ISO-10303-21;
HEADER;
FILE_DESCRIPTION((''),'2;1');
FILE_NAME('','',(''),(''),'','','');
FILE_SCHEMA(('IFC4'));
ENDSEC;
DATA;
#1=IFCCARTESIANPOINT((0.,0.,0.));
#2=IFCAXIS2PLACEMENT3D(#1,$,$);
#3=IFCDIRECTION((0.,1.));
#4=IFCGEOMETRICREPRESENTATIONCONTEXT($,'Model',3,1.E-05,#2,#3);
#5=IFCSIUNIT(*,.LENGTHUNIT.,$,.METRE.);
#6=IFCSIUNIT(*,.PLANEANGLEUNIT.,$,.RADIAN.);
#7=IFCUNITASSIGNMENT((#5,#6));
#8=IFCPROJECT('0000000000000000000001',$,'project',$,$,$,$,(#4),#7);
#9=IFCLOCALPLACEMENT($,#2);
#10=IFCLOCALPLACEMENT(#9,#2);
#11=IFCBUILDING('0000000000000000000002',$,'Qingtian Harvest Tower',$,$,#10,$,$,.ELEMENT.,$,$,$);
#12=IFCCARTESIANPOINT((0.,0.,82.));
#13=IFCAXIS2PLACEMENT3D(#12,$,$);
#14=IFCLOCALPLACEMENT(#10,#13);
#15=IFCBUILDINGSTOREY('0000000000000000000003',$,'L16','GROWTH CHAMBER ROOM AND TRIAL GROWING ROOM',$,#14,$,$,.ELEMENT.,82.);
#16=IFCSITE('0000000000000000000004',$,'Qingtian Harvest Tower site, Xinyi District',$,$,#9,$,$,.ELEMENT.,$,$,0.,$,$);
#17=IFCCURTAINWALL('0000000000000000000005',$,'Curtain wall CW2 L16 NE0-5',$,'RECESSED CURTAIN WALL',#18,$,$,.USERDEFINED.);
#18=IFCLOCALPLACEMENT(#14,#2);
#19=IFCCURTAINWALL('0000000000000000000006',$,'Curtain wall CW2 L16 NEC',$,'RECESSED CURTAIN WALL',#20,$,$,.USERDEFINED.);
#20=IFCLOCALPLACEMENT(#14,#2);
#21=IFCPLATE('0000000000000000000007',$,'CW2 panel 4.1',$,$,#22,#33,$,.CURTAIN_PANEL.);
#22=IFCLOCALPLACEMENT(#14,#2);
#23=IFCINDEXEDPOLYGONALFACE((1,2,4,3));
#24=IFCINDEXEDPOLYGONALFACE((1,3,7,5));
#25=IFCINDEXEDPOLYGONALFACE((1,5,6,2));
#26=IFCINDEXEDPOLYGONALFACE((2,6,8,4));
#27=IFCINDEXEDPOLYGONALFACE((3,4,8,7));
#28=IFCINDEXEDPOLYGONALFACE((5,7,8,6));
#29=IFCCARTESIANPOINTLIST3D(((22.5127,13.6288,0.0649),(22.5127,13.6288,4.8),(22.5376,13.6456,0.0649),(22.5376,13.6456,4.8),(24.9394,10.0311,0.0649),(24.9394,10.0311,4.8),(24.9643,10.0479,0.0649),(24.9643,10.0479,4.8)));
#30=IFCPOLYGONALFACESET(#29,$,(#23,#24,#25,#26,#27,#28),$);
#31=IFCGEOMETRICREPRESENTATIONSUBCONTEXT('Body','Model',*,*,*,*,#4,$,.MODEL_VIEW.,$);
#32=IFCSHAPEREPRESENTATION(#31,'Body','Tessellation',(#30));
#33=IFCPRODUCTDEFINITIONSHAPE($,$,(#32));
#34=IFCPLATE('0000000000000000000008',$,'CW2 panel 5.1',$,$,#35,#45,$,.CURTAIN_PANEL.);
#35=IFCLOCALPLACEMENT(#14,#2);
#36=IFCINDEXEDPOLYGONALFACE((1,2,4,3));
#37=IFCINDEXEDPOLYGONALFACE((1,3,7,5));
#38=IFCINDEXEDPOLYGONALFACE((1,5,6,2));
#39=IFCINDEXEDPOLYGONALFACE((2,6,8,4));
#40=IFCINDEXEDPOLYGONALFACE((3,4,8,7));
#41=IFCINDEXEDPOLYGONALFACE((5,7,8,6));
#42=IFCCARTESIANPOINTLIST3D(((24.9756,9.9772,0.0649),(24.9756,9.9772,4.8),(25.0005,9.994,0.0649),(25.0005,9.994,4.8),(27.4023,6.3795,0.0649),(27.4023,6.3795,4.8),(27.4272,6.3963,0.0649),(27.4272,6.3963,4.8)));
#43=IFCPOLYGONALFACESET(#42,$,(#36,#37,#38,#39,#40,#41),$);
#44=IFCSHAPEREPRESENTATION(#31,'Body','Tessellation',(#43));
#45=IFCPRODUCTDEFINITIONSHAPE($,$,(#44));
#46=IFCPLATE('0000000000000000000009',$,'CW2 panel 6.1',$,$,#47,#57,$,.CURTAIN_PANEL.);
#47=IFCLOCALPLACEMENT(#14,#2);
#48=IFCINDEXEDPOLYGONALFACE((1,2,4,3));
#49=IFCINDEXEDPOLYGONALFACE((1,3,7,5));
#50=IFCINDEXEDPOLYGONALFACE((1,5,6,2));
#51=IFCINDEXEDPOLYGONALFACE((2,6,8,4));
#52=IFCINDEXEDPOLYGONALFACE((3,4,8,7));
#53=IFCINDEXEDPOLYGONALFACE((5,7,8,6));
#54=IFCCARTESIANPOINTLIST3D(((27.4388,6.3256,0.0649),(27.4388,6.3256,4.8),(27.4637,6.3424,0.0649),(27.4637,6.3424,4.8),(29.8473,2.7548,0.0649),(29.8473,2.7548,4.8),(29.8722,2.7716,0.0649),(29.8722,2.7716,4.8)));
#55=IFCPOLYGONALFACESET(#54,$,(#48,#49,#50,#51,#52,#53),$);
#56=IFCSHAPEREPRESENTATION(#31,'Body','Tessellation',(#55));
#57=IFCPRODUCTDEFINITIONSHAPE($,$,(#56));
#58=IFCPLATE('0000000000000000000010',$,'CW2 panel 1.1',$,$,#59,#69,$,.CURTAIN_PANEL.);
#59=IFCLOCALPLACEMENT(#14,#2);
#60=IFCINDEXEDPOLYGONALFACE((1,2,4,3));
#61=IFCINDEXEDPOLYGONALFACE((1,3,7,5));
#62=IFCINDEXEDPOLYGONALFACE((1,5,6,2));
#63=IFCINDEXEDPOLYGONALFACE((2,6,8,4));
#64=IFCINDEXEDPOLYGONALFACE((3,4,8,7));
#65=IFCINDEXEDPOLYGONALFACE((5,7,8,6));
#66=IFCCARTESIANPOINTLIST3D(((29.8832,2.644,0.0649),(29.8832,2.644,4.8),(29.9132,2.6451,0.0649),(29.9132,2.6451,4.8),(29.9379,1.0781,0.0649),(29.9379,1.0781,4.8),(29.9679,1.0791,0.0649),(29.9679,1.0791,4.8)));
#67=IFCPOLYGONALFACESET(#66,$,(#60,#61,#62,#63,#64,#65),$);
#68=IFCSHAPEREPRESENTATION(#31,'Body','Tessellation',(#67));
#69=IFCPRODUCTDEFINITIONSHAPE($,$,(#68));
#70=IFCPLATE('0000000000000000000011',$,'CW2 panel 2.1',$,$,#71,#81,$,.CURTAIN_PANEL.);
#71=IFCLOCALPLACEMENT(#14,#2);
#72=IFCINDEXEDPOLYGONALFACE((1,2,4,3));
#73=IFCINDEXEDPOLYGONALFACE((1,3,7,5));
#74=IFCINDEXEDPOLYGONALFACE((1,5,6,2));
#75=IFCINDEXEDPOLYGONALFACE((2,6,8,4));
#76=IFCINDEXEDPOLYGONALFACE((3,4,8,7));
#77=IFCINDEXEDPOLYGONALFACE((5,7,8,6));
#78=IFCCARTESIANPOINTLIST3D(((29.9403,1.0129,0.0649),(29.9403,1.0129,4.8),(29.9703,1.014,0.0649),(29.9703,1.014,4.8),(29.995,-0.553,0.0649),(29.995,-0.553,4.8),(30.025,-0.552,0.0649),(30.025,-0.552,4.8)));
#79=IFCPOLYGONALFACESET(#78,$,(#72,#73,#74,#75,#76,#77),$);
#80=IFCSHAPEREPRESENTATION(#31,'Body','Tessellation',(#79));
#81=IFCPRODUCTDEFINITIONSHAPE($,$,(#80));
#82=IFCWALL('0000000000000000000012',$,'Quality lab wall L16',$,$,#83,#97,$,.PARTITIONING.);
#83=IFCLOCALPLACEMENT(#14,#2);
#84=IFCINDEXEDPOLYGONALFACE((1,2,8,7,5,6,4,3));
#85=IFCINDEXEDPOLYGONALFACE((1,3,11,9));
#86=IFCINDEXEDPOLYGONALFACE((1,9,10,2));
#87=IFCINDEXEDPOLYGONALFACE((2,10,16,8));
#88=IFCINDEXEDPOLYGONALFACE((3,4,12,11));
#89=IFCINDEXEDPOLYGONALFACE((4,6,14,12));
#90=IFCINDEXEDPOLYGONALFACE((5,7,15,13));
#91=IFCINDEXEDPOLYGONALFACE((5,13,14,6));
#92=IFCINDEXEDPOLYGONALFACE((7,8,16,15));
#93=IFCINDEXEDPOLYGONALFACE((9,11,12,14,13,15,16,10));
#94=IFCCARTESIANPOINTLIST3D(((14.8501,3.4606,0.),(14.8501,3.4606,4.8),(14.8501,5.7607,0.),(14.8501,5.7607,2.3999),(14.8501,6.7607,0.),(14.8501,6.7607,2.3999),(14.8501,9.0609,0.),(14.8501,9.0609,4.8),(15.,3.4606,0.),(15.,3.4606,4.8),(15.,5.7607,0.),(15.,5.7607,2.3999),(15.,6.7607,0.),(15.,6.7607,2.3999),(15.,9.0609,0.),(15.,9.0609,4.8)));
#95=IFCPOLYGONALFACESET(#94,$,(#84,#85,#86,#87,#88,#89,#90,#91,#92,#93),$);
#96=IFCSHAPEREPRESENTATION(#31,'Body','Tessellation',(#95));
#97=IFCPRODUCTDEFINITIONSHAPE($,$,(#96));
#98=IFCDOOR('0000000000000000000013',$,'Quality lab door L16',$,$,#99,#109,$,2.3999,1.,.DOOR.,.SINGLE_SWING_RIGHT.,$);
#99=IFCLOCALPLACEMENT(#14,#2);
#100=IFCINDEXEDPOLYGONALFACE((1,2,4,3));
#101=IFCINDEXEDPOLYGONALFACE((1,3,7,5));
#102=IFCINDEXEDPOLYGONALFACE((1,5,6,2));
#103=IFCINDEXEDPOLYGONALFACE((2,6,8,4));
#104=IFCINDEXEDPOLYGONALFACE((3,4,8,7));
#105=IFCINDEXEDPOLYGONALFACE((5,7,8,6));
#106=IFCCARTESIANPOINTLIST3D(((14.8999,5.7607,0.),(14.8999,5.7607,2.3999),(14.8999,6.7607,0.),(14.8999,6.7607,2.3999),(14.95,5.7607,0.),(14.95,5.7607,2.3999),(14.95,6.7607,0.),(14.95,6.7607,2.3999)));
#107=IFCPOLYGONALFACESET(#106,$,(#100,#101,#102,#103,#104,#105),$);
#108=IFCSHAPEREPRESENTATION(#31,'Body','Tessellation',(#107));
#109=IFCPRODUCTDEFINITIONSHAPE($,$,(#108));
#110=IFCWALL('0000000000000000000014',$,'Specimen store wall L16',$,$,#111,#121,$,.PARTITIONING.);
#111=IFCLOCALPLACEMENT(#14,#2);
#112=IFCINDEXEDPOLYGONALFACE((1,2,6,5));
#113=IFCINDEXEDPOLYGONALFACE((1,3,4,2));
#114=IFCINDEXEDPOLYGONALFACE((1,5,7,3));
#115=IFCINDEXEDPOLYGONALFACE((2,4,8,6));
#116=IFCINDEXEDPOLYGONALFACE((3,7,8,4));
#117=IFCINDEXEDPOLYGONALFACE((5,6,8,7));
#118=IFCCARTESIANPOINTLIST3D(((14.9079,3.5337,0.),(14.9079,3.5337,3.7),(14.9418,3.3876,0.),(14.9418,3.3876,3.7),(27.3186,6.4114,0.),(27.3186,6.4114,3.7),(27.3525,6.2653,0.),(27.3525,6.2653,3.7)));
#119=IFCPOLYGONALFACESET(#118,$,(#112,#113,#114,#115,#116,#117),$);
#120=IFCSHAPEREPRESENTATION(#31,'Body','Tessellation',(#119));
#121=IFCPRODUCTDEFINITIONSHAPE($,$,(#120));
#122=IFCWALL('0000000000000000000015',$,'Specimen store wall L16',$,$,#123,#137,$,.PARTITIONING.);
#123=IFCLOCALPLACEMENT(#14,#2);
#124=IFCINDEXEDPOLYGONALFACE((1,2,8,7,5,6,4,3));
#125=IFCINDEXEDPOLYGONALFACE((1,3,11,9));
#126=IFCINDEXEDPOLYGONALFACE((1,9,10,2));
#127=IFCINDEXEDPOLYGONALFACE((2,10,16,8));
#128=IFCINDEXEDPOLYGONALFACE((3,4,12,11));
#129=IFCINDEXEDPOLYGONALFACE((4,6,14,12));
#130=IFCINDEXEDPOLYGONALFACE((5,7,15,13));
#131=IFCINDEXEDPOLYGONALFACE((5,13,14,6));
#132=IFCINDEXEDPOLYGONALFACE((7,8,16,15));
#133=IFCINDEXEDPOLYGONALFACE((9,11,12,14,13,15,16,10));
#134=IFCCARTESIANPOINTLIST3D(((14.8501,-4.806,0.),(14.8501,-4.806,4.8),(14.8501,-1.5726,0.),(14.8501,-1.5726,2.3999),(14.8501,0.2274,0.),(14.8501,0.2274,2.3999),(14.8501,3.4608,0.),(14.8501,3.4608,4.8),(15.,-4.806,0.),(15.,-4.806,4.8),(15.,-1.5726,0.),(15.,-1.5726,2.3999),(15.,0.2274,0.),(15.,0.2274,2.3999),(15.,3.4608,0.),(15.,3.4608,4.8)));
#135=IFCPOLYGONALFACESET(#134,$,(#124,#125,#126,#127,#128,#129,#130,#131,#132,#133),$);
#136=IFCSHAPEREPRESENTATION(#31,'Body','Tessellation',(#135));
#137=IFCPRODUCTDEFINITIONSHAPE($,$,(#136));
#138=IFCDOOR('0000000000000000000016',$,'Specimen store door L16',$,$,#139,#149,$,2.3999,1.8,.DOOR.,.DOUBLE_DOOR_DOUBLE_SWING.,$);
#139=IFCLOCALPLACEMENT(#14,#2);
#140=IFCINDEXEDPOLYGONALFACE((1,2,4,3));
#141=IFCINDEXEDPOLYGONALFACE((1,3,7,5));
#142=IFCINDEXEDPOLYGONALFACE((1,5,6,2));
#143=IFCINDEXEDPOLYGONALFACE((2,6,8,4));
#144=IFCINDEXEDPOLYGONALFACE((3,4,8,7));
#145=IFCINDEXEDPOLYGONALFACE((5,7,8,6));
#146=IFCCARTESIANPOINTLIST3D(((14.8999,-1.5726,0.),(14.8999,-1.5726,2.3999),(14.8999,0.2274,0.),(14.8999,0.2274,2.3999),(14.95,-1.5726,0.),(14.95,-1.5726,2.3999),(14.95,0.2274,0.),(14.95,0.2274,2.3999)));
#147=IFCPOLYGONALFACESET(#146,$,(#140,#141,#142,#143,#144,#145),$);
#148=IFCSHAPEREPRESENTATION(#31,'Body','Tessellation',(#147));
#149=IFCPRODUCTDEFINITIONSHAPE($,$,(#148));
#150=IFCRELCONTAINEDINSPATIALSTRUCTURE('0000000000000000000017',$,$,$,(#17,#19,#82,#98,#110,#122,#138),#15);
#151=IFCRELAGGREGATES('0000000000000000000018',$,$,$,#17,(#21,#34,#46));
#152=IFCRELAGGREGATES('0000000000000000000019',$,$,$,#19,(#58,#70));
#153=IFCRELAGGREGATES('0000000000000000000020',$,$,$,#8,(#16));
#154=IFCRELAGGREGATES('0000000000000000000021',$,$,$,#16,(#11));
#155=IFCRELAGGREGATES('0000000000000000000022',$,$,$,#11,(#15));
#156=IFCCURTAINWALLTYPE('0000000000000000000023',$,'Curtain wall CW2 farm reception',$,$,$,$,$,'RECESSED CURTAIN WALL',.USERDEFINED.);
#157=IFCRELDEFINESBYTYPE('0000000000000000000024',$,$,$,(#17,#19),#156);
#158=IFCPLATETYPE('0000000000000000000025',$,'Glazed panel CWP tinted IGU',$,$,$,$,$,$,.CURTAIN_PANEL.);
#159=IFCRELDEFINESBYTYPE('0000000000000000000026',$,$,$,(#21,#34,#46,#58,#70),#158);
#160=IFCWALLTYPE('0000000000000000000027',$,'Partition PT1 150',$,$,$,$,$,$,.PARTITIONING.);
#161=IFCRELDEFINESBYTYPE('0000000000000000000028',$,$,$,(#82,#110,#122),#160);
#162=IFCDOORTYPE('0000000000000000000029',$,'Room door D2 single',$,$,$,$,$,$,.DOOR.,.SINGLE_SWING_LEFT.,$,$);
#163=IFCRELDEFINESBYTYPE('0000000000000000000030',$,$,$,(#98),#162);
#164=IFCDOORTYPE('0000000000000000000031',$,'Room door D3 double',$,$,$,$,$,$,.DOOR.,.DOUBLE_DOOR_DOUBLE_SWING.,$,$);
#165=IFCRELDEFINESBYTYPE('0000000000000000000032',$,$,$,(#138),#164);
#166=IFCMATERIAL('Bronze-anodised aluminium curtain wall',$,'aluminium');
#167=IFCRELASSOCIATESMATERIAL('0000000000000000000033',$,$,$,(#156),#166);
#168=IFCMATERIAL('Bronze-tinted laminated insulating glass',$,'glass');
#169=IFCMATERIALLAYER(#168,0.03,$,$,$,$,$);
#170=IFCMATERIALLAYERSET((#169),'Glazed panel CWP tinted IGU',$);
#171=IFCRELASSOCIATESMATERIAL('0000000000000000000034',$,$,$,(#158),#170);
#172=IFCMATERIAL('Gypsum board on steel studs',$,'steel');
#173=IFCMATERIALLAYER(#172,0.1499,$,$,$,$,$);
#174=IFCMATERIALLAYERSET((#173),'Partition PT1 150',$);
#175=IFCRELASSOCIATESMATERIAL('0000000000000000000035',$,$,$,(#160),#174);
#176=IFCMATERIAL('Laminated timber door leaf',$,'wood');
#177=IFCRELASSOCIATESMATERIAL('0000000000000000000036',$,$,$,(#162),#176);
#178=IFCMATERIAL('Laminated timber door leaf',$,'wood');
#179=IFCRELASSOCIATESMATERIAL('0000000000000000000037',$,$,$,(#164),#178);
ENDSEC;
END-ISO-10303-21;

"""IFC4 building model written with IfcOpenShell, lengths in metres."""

from ifc_helpers import new_model, si_unit, direction, frame, frame_2d, origin, origin_2d, place, context, subcontext, project, spatial, rectangle, extrude, material, layer, layer_set, type_object, element, fill, aggregate, save


model = new_model("IFC4")

# Units and contexts
model_context = context("Model", 3, precision=1e-05, world=origin(), true_north=direction((0.0, 1.0)))
body_context = subcontext(model_context, "Body", "Model", "MODEL_VIEW")
ifc_project = project(units=[si_unit("LENGTHUNIT", "METRE"), si_unit("PLANEANGLEUNIT", "RADIAN")], contexts=[model_context])

# Site, building, storey
site_placement = place(None, origin())
site = spatial("IfcSite", under=ifc_project, at=site_placement, Name="Qingtian Harvest Tower site, Xinyi District", CompositionType="ELEMENT", RefElevation=0.0)
building_placement = place(site_placement, origin())
building = spatial("IfcBuilding", under=site, at=building_placement, Name="Qingtian Harvest Tower", CompositionType="ELEMENT")
storey_placement = place(building_placement, frame((0.0, 0.0, 82.0)))
storey = spatial("IfcBuildingStorey", under=building, at=storey_placement, Name="L16", Description="GROWTH CHAMBER ROOM AND TRIAL GROWING ROOM", CompositionType="ELEMENT", Elevation=82.0)

# Curtain walls
ifc_material_1 = material(Name="Bronze-anodised aluminium curtain wall", Category="aluminium")
curtain_wall_type = type_object("IfcCurtainWallType", Name="Curtain wall CW2 farm reception", ElementType="RECESSED CURTAIN WALL", PredefinedType="USERDEFINED", material=ifc_material_1)
curtain_wall_1_placement = place(storey_placement, origin())
curtain_wall_1 = element("IfcCurtainWall", 1, at=curtain_wall_1_placement, inside=storey, type_object=curtain_wall_type, Name="Curtain wall CW2 L16 NE0-5", ObjectType="RECESSED CURTAIN WALL", PredefinedType="USERDEFINED")
curtain_wall_2_placement = place(storey_placement, origin())
curtain_wall_2 = element("IfcCurtainWall", 2, at=curtain_wall_2_placement, inside=storey, type_object=curtain_wall_type, Name="Curtain wall CW2 L16 NEC", ObjectType="RECESSED CURTAIN WALL", PredefinedType="USERDEFINED")

# Plates
ifc_material_2 = material(Name="Bronze-tinted laminated insulating glass", Category="glass")
ifc_layer_1 = layer(ifc_material_2, 0.03)
ifc_layer_set_1 = layer_set([ifc_layer_1], Name="Glazed panel CWP tinted IGU")
plate_type = type_object("IfcPlateType", Name="Glazed panel CWP tinted IGU", PredefinedType="CURTAIN_PANEL", material=ifc_layer_set_1)
plate_1_placement = place(storey_placement, frame((23.7385, 11.8384, 0.0649), z_axis=(0.0, 0.0, 1.0), x_axis=(0.559193, -0.829038, 0.0)))
plate_1 = element("IfcPlate", 3, at=plate_1_placement, type_object=plate_type, Name="CW2 panel 4.1", PredefinedType="CURTAIN_PANEL", context=body_context, shape_type="SweptSolid", body=[
    extrude(rectangle(XDim=4.3396, YDim=0.03, at=origin_2d()), origin(), (0.0, 0.0, 1.0), 4.7351),
])
plate_2_placement = place(storey_placement, frame((26.2014, 8.1868, 0.0649), z_axis=(0.0, 0.0, 1.0), x_axis=(0.559193, -0.829038, 0.0)))
plate_2 = element("IfcPlate", 4, at=plate_2_placement, type_object=plate_type, Name="CW2 panel 5.1", PredefinedType="CURTAIN_PANEL", context=body_context, shape_type="SweptSolid", body=[
    extrude(rectangle(XDim=4.3396, YDim=0.03, at=origin_2d()), origin(), (0.0, 0.0, 1.0), 4.7351),
])
plate_3_placement = place(storey_placement, frame((28.6555, 4.5486, 0.0649), z_axis=(0.0, 0.0, 1.0), x_axis=(0.559193, -0.829038, 0.0)))
plate_3 = element("IfcPlate", 5, at=plate_3_placement, type_object=plate_type, Name="CW2 panel 6.1", PredefinedType="CURTAIN_PANEL", context=body_context, shape_type="SweptSolid", body=[
    extrude(rectangle(XDim=4.3071, YDim=0.03, at=origin_2d()), origin(), (0.0, 0.0, 1.0), 4.7351),
])
aggregate(curtain_wall_1, [plate_1, plate_2, plate_3])
plate_4_placement = place(storey_placement, frame((29.9255, 1.8616, 0.0649), z_axis=(0.0, 0.0, 1.0), x_axis=(0.034899, -0.999391, 0.0)))
plate_4 = element("IfcPlate", 6, at=plate_4_placement, type_object=plate_type, Name="CW2 panel 1.1", PredefinedType="CURTAIN_PANEL", context=body_context, shape_type="SweptSolid", body=[
    extrude(rectangle(XDim=1.5669, YDim=0.03, at=origin_2d()), origin(), (0.0, 0.0, 1.0), 4.7351),
])
plate_5_placement = place(storey_placement, frame((29.9827, 0.2305, 0.0649), z_axis=(0.0, 0.0, 1.0), x_axis=(0.034899, -0.999391, 0.0)))
plate_5 = element("IfcPlate", 7, at=plate_5_placement, type_object=plate_type, Name="CW2 panel 2.1", PredefinedType="CURTAIN_PANEL", context=body_context, shape_type="SweptSolid", body=[
    extrude(rectangle(XDim=1.5669, YDim=0.03, at=origin_2d()), origin(), (0.0, 0.0, 1.0), 4.7351),
])
aggregate(curtain_wall_2, [plate_4, plate_5])

# Wall, opening, door
ifc_material_3 = material(Name="Gypsum board on steel studs", Category="steel")
ifc_layer_2 = layer(ifc_material_3, 0.1499)
ifc_layer_set_2 = layer_set([ifc_layer_2], Name="Partition PT1 150")
wall_type = type_object("IfcWallType", Name="Partition PT1 150", PredefinedType="PARTITIONING", material=ifc_layer_set_2)
ifc_material_4 = material(Name="Laminated timber door leaf", Category="wood")
door_type_1 = type_object("IfcDoorType", Name="Room door D2 single", OperationType="SINGLE_SWING_LEFT", PredefinedType="DOOR", material=ifc_material_4)
wall_1_placement = place(storey_placement, frame((14.925, 9.061, 0.0), z_axis=(0.0, 0.0, 1.0), x_axis=(0.0, -1.0, 0.0)))
wall_1 = element("IfcWall", 8, at=wall_1_placement, inside=storey, type_object=wall_type, Name="Quality lab wall L16", PredefinedType="PARTITIONING", context=body_context, shape_type="SweptSolid", body=[
    extrude(rectangle(XDim=5.6003, YDim=0.1499, at=frame_2d((2.8003, 0.0))), origin(), (0.0, 0.0, 1.0), 4.8),
])
opening_1_placement = place(wall_1_placement, frame((2.3003, 0.0, 0.0)))
opening_1 = element("IfcOpeningElement", 9, at=opening_1_placement, cuts=wall_1, PredefinedType="OPENING", context=body_context, shape_type="SweptSolid", body=[
    extrude(rectangle(XDim=1.0, YDim=2.3999, at=frame_2d((0.5, 1.2))), frame((0.0, 0.085, 0.0), z_axis=(0.0, -1.0, 0.0), x_axis=(1.0, 0.0, 0.0)), (0.0, 0.0, 1.0), 0.1699),
])
door_1_placement = place(opening_1_placement, origin())
door_1 = element("IfcDoor", 10, at=door_1_placement, inside=storey, type_object=door_type_1, Name="Quality lab door L16", OperationType="SINGLE_SWING_RIGHT", OverallHeight=2.3999, OverallWidth=1.0, PredefinedType="DOOR", context=body_context, shape_type="SweptSolid", body=[
    extrude(rectangle(XDim=1.0, YDim=2.3999, at=frame_2d((0.5, 1.2))), frame((0.0, 0.0249, 0.0), z_axis=(0.0, -1.0, 0.0), x_axis=(1.0, 0.0, 0.0)), (0.0, 0.0, 1.0), 0.05),
])
fill(opening_1, door_1)

# Wall
wall_2_placement = place(storey_placement, frame((27.3357, 6.3384, 0.0), z_axis=(0.0, 0.0, 1.0), x_axis=(-0.974155, -0.22588, 0.0)))
element("IfcWall", 11, at=wall_2_placement, inside=storey, type_object=wall_type, Name="Specimen store wall L16", PredefinedType="PARTITIONING", context=body_context, shape_type="SweptSolid", body=[
    extrude(rectangle(XDim=12.74, YDim=0.1499, at=frame_2d((6.3701, 0.0))), origin(), (0.0, 0.0, 1.0), 3.7),
])

# Wall, opening, door
wall_3_placement = place(storey_placement, frame((14.925, 3.4607, 0.0), z_axis=(0.0, 0.0, 1.0), x_axis=(0.0, -1.0, 0.0)))
wall_3 = element("IfcWall", 12, at=wall_3_placement, inside=storey, type_object=wall_type, Name="Specimen store wall L16", PredefinedType="PARTITIONING", context=body_context, shape_type="SweptSolid", body=[
    extrude(rectangle(XDim=8.2668, YDim=0.1499, at=frame_2d((4.1333, 0.0))), origin(), (0.0, 0.0, 1.0), 4.8),
])
opening_2_placement = place(wall_3_placement, frame((3.2334, 0.0, 0.0)))
opening_2 = element("IfcOpeningElement", 13, at=opening_2_placement, cuts=wall_3, PredefinedType="OPENING", context=body_context, shape_type="SweptSolid", body=[
    extrude(rectangle(XDim=1.8, YDim=2.3999, at=frame_2d((0.8999, 1.2))), frame((0.0, 0.085, 0.0), z_axis=(0.0, -1.0, 0.0), x_axis=(1.0, 0.0, 0.0)), (0.0, 0.0, 1.0), 0.1699),
])
ifc_material_5 = material(Name="Laminated timber door leaf", Category="wood")
door_type_2 = type_object("IfcDoorType", Name="Room door D3 double", OperationType="DOUBLE_DOOR_DOUBLE_SWING", PredefinedType="DOOR", material=ifc_material_5)
door_2_placement = place(opening_2_placement, origin())
door_2 = element("IfcDoor", 14, at=door_2_placement, inside=storey, type_object=door_type_2, Name="Specimen store door L16", OperationType="DOUBLE_DOOR_DOUBLE_SWING", OverallHeight=2.3999, OverallWidth=1.8, PredefinedType="DOOR", context=body_context, shape_type="SweptSolid", body=[
    extrude(rectangle(XDim=1.8, YDim=2.3999, at=frame_2d((0.8999, 1.2))), frame((0.0, 0.0249, 0.0), z_axis=(0.0, -1.0, 0.0), x_axis=(1.0, 0.0, 0.0)), (0.0, 0.0, 1.0), 0.05),
])
fill(opening_2, door_2)

save(model, "model.ifc")
